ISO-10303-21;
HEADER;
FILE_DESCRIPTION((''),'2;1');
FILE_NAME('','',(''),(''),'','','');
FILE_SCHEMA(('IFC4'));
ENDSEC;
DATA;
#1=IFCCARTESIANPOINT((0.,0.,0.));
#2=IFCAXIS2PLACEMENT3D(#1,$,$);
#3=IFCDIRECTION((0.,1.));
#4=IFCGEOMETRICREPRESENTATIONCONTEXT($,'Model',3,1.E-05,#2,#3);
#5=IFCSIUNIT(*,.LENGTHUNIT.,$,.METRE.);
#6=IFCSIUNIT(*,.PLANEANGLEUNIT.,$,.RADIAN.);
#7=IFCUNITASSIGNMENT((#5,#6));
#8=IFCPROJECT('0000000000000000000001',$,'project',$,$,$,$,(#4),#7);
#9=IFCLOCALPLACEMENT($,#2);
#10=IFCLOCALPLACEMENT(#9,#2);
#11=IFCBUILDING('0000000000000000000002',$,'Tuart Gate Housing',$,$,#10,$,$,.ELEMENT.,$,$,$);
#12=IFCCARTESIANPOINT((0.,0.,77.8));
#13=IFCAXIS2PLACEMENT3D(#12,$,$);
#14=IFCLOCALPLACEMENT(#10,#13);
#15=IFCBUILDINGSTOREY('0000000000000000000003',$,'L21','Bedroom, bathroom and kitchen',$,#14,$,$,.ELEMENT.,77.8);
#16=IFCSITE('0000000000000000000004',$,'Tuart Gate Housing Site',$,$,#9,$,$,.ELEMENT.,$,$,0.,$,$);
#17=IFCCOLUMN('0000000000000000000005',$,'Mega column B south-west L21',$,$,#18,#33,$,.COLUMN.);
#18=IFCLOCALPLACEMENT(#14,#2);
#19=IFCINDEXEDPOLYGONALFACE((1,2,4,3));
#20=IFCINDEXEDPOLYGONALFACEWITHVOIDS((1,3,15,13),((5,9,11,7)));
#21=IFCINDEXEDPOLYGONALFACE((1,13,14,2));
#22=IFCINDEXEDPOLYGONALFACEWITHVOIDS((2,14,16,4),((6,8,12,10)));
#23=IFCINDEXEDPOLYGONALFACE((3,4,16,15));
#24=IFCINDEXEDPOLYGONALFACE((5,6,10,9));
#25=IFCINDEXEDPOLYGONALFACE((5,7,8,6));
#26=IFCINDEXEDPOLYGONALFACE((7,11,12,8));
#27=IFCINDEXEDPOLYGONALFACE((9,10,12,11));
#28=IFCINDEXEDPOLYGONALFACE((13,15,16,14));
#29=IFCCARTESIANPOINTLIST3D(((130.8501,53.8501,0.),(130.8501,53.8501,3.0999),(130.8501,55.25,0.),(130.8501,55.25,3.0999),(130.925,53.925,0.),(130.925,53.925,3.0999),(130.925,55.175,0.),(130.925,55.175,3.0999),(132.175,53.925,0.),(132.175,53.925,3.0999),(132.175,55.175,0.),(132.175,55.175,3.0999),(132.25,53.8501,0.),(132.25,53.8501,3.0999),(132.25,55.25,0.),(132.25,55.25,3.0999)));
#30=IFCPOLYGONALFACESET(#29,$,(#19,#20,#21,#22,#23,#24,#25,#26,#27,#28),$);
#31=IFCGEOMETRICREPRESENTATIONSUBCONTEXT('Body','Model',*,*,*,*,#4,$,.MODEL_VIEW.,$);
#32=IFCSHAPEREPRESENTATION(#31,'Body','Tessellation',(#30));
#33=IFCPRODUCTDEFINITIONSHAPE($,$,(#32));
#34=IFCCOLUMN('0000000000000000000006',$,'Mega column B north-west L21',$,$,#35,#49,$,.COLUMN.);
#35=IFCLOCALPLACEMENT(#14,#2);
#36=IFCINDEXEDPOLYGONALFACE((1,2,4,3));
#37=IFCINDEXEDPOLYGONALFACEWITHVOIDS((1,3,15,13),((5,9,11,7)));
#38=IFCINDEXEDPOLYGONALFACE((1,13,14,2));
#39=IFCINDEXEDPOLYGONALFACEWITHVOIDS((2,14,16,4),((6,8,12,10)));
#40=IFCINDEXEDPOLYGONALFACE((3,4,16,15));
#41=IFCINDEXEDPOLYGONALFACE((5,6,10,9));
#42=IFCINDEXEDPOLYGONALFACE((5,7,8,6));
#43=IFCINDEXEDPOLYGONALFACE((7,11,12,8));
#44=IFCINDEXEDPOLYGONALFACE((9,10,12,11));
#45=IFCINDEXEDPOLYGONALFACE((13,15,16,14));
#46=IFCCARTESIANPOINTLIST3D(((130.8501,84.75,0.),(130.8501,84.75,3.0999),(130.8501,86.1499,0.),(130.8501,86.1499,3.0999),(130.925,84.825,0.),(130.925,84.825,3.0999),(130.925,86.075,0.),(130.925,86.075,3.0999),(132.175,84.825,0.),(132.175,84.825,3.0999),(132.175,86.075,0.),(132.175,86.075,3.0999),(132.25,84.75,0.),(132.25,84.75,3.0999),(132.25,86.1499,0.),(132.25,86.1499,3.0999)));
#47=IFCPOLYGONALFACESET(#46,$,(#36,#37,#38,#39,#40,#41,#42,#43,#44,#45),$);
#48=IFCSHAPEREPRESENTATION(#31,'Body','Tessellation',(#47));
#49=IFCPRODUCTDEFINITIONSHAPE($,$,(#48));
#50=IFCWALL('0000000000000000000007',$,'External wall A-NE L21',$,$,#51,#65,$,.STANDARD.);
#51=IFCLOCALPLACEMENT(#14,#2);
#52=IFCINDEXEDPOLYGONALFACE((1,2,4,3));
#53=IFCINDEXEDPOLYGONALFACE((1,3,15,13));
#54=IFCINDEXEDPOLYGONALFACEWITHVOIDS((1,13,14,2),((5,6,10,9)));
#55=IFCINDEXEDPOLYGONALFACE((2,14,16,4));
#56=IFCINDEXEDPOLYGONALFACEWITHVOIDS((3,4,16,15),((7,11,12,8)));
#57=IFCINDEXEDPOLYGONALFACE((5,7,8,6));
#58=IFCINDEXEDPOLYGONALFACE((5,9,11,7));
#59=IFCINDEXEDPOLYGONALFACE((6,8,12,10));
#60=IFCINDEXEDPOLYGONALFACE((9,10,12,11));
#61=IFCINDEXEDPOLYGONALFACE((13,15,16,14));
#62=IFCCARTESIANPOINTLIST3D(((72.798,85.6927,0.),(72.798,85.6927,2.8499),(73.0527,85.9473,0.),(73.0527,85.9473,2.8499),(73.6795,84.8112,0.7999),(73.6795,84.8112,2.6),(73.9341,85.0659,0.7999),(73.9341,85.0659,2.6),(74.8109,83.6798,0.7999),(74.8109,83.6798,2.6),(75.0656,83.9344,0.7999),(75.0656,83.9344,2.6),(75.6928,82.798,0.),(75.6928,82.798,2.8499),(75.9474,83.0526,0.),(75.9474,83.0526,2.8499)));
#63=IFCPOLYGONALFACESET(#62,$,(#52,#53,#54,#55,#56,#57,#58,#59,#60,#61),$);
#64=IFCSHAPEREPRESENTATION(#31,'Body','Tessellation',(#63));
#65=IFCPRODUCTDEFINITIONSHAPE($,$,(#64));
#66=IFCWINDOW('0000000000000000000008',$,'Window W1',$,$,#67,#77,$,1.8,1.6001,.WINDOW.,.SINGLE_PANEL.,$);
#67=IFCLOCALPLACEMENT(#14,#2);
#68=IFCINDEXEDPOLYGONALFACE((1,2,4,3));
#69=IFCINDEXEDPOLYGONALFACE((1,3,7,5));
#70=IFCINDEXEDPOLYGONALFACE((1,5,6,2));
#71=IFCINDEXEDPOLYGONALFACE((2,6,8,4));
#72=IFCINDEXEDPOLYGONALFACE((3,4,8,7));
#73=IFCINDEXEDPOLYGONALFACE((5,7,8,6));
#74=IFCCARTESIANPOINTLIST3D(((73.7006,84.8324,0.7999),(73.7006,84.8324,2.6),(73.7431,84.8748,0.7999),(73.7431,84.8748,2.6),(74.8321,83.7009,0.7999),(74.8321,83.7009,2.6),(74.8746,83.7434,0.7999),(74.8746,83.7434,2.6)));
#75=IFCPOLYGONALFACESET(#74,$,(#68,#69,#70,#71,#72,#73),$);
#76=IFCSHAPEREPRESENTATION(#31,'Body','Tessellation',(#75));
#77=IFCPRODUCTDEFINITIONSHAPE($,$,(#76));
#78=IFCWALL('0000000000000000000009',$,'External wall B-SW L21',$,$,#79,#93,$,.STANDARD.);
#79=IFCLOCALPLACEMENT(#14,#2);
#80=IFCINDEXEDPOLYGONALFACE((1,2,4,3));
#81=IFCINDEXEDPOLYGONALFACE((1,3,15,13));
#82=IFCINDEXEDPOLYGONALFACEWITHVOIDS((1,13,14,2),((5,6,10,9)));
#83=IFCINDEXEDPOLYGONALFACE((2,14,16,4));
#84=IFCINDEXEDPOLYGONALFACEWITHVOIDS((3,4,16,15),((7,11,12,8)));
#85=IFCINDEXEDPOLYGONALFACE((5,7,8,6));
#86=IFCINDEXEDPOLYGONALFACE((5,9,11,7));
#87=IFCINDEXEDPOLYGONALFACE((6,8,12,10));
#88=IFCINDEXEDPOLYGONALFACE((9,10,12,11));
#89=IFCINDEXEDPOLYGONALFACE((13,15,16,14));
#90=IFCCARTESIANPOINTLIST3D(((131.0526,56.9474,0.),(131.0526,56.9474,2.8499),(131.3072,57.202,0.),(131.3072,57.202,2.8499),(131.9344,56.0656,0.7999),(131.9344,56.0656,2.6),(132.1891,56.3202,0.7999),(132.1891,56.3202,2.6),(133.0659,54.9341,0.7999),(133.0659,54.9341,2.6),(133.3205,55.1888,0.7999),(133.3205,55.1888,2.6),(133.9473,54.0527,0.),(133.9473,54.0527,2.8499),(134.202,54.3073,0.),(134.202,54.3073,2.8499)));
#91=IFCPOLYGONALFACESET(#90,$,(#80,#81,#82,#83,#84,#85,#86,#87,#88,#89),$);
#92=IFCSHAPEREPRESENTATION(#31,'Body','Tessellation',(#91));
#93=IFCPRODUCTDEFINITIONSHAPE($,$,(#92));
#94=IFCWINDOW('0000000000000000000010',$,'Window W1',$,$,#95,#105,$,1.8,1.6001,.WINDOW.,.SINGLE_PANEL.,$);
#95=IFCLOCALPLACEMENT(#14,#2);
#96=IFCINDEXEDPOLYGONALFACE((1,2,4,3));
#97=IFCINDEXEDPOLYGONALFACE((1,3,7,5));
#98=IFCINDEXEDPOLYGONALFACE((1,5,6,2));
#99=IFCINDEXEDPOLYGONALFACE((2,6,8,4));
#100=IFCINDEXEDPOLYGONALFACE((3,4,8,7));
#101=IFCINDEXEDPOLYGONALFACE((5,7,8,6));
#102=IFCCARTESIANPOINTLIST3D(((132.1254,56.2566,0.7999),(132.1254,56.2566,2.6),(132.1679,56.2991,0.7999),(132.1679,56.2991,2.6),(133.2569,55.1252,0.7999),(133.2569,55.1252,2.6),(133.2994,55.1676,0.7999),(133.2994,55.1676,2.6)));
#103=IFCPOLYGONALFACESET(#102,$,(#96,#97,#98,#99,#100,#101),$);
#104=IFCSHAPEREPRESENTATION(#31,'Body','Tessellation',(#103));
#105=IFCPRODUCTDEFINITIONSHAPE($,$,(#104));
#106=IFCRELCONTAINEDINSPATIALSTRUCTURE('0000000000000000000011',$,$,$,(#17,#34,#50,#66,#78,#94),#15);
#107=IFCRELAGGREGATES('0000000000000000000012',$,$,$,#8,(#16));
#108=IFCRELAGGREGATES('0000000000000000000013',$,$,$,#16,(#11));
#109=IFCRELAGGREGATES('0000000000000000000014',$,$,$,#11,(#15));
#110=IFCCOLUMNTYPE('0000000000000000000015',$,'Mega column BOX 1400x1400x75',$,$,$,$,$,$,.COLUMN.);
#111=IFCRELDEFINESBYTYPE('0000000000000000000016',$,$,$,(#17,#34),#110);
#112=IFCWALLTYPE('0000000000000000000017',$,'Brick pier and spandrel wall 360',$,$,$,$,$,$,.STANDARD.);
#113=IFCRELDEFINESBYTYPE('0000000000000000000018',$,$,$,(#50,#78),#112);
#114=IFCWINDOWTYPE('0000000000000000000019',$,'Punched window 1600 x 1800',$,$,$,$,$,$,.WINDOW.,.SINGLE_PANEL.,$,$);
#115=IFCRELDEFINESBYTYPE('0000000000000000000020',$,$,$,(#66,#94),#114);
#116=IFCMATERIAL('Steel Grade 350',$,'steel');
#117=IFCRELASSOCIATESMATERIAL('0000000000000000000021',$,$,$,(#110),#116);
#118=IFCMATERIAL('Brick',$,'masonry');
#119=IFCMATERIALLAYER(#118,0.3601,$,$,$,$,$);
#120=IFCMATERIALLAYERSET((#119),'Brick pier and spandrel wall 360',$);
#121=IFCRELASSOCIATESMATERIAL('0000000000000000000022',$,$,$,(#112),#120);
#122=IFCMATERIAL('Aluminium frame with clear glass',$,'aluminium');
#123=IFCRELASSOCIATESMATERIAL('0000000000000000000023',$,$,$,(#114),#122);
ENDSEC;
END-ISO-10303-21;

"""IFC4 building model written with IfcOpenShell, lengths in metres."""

from ifc_helpers import new_model, si_unit, direction, frame, frame_2d, origin, origin_2d, place, context, subcontext, project, spatial, rectangle, hollow_rectangle, extrude, material, layer, layer_set, material_profile, profile_set, type_object, element, fill, save


model = new_model("IFC4")

# Units and contexts
model_context = context("Model", 3, precision=1e-05, world=origin(), true_north=direction((0.0, 1.0)))
body_context = subcontext(model_context, "Body", "Model", "MODEL_VIEW")
ifc_project = project(units=[si_unit("LENGTHUNIT", "METRE"), si_unit("PLANEANGLEUNIT", "RADIAN")], contexts=[model_context])

# Site, building, storey
site_placement = place(None, origin())
site = spatial("IfcSite", under=ifc_project, at=site_placement, Name="Tuart Gate Housing Site", CompositionType="ELEMENT", RefElevation=0.0)
building_placement = place(site_placement, origin())
building = spatial("IfcBuilding", under=site, at=building_placement, Name="Tuart Gate Housing", CompositionType="ELEMENT")
storey_placement = place(building_placement, frame((0.0, 0.0, 77.8)))
storey = spatial("IfcBuildingStorey", under=building, at=storey_placement, Name="L21", Description="Bedroom, bathroom and kitchen", CompositionType="ELEMENT", Elevation=77.8)

# Columns
ifc_material_1 = material(Name="Steel Grade 350", Category="steel")
ifc_material_profile = material_profile(ifc_material_1, hollow_rectangle(XDim=1.3999, YDim=1.3999, WallThickness=0.075, at=origin_2d()), Name="BOX 1400x1400x75")
ifc_profile_set = profile_set([ifc_material_profile], Name="Steel Grade 350")
column_type = type_object("IfcColumnType", Name="Mega column BOX 1400x1400x75", PredefinedType="COLUMN", material=ifc_profile_set)
for number, where, z_axis, x_axis, name in (
    (1, (131.55, 54.55, 0.0), (0.0, 0.0, 1.0), (1.0, 0.0, 0.0), "Mega column B south-west L21"),
    (2, (131.55, 85.45, 0.0), (0.0, 0.0, 1.0), (1.0, 0.0, 0.0), "Mega column B north-west L21"),
):
    element("IfcColumn", number, at=place(storey_placement, frame(where, z_axis=z_axis, x_axis=x_axis)), inside=storey, type_object=column_type, Name=name, PredefinedType="COLUMN", context=body_context, shape_type="SweptSolid", body=[
        extrude(hollow_rectangle(XDim=1.3999, YDim=1.3999, WallThickness=0.075, at=origin_2d()), origin(), (0.0, 0.0, 1.0), 3.0999),
    ])

# Walls, openings, windows
ifc_material_2 = material(Name="Brick", Category="masonry")
ifc_layer_1 = layer(ifc_material_2, 0.3601)
ifc_layer_set_1 = layer_set([ifc_layer_1], Name="Brick pier and spandrel wall 360")
wall_type_1 = type_object("IfcWallType", Name="Brick pier and spandrel wall 360", PredefinedType="STANDARD", material=ifc_layer_set_1)
wall_1_placement = place(storey_placement, frame((75.8201, 82.9253, 0.0), z_axis=(0.0, 0.0, 1.0), x_axis=(-0.707107, 0.707107, 0.0)))
wall_1 = element("IfcWall", 3, at=wall_1_placement, inside=storey, type_object=wall_type_1, Name="External wall A-NE L21", PredefinedType="STANDARD", context=body_context, shape_type="SweptSolid", body=[
    extrude(rectangle(XDim=4.0938, YDim=0.3601, at=frame_2d((2.0469, 0.0))), origin(), (0.0, 0.0, 1.0), 2.8499),
])
opening_1_placement = place(wall_1_placement, frame((1.2471, 0.0, 0.8)))
opening_1 = element("IfcOpeningElement", 4, at=opening_1_placement, cuts=wall_1, PredefinedType="OPENING", context=body_context, shape_type="SweptSolid", body=[
    extrude(rectangle(XDim=1.6001, YDim=1.8, at=frame_2d((0.8, 0.8999))), frame((0.0, 0.1899, 0.0), z_axis=(0.0, -1.0, 0.0), x_axis=(1.0, 0.0, 0.0)), (0.0, 0.0, 1.0), 0.3801),
])
ifc_material_3 = material(Name="Aluminium frame with clear glass", Category="aluminium")
window_type = type_object("IfcWindowType", Name="Punched window 1600 x 1800", PartitioningType="SINGLE_PANEL", PredefinedType="WINDOW", material=ifc_material_3)
window_1_placement = place(opening_1_placement, origin())
window_1 = element("IfcWindow", 5, at=window_1_placement, inside=storey, type_object=window_type, Name="Window W1", OverallHeight=1.8, OverallWidth=1.6001, PartitioningType="SINGLE_PANEL", PredefinedType="WINDOW", context=body_context, shape_type="SweptSolid", body=[
    extrude(rectangle(XDim=1.6001, YDim=1.8, at=frame_2d((0.8, 0.8999))), frame((0.0, 0.1501, 0.0), z_axis=(0.0, -1.0, 0.0), x_axis=(1.0, 0.0, 0.0)), (0.0, 0.0, 1.0), 0.0601),
])
fill(opening_1, window_1)
wall_2_placement = place(storey_placement, frame((131.1799, 57.0747, 0.0), z_axis=(0.0, 0.0, 1.0), x_axis=(0.707107, -0.707107, 0.0)))
wall_2 = element("IfcWall", 6, at=wall_2_placement, inside=storey, type_object=wall_type_1, Name="External wall B-SW L21", PredefinedType="STANDARD", context=body_context, shape_type="SweptSolid", body=[
    extrude(rectangle(XDim=4.0938, YDim=0.3601, at=frame_2d((2.0469, 0.0))), origin(), (0.0, 0.0, 1.0), 2.8499),
])
opening_2_placement = place(wall_2_placement, frame((1.2471, 0.0, 0.8)))
opening_2 = element("IfcOpeningElement", 7, at=opening_2_placement, cuts=wall_2, PredefinedType="OPENING", context=body_context, shape_type="SweptSolid", body=[
    extrude(rectangle(XDim=1.6001, YDim=1.8, at=frame_2d((0.8, 0.8999))), frame((0.0, 0.1899, 0.0), z_axis=(0.0, -1.0, 0.0), x_axis=(1.0, 0.0, 0.0)), (0.0, 0.0, 1.0), 0.3801),
])
window_2_placement = place(opening_2_placement, origin())
window_2 = element("IfcWindow", 8, at=window_2_placement, inside=storey, type_object=window_type, Name="Window W1", OverallHeight=1.8, OverallWidth=1.6001, PartitioningType="SINGLE_PANEL", PredefinedType="WINDOW", context=body_context, shape_type="SweptSolid", body=[
    extrude(rectangle(XDim=1.6001, YDim=1.8, at=frame_2d((0.8, 0.8999))), frame((0.0, 0.1501, 0.0), z_axis=(0.0, -1.0, 0.0), x_axis=(1.0, 0.0, 0.0)), (0.0, 0.0, 1.0), 0.0601),
])
fill(opening_2, window_2)

save(model, "model.ifc")
